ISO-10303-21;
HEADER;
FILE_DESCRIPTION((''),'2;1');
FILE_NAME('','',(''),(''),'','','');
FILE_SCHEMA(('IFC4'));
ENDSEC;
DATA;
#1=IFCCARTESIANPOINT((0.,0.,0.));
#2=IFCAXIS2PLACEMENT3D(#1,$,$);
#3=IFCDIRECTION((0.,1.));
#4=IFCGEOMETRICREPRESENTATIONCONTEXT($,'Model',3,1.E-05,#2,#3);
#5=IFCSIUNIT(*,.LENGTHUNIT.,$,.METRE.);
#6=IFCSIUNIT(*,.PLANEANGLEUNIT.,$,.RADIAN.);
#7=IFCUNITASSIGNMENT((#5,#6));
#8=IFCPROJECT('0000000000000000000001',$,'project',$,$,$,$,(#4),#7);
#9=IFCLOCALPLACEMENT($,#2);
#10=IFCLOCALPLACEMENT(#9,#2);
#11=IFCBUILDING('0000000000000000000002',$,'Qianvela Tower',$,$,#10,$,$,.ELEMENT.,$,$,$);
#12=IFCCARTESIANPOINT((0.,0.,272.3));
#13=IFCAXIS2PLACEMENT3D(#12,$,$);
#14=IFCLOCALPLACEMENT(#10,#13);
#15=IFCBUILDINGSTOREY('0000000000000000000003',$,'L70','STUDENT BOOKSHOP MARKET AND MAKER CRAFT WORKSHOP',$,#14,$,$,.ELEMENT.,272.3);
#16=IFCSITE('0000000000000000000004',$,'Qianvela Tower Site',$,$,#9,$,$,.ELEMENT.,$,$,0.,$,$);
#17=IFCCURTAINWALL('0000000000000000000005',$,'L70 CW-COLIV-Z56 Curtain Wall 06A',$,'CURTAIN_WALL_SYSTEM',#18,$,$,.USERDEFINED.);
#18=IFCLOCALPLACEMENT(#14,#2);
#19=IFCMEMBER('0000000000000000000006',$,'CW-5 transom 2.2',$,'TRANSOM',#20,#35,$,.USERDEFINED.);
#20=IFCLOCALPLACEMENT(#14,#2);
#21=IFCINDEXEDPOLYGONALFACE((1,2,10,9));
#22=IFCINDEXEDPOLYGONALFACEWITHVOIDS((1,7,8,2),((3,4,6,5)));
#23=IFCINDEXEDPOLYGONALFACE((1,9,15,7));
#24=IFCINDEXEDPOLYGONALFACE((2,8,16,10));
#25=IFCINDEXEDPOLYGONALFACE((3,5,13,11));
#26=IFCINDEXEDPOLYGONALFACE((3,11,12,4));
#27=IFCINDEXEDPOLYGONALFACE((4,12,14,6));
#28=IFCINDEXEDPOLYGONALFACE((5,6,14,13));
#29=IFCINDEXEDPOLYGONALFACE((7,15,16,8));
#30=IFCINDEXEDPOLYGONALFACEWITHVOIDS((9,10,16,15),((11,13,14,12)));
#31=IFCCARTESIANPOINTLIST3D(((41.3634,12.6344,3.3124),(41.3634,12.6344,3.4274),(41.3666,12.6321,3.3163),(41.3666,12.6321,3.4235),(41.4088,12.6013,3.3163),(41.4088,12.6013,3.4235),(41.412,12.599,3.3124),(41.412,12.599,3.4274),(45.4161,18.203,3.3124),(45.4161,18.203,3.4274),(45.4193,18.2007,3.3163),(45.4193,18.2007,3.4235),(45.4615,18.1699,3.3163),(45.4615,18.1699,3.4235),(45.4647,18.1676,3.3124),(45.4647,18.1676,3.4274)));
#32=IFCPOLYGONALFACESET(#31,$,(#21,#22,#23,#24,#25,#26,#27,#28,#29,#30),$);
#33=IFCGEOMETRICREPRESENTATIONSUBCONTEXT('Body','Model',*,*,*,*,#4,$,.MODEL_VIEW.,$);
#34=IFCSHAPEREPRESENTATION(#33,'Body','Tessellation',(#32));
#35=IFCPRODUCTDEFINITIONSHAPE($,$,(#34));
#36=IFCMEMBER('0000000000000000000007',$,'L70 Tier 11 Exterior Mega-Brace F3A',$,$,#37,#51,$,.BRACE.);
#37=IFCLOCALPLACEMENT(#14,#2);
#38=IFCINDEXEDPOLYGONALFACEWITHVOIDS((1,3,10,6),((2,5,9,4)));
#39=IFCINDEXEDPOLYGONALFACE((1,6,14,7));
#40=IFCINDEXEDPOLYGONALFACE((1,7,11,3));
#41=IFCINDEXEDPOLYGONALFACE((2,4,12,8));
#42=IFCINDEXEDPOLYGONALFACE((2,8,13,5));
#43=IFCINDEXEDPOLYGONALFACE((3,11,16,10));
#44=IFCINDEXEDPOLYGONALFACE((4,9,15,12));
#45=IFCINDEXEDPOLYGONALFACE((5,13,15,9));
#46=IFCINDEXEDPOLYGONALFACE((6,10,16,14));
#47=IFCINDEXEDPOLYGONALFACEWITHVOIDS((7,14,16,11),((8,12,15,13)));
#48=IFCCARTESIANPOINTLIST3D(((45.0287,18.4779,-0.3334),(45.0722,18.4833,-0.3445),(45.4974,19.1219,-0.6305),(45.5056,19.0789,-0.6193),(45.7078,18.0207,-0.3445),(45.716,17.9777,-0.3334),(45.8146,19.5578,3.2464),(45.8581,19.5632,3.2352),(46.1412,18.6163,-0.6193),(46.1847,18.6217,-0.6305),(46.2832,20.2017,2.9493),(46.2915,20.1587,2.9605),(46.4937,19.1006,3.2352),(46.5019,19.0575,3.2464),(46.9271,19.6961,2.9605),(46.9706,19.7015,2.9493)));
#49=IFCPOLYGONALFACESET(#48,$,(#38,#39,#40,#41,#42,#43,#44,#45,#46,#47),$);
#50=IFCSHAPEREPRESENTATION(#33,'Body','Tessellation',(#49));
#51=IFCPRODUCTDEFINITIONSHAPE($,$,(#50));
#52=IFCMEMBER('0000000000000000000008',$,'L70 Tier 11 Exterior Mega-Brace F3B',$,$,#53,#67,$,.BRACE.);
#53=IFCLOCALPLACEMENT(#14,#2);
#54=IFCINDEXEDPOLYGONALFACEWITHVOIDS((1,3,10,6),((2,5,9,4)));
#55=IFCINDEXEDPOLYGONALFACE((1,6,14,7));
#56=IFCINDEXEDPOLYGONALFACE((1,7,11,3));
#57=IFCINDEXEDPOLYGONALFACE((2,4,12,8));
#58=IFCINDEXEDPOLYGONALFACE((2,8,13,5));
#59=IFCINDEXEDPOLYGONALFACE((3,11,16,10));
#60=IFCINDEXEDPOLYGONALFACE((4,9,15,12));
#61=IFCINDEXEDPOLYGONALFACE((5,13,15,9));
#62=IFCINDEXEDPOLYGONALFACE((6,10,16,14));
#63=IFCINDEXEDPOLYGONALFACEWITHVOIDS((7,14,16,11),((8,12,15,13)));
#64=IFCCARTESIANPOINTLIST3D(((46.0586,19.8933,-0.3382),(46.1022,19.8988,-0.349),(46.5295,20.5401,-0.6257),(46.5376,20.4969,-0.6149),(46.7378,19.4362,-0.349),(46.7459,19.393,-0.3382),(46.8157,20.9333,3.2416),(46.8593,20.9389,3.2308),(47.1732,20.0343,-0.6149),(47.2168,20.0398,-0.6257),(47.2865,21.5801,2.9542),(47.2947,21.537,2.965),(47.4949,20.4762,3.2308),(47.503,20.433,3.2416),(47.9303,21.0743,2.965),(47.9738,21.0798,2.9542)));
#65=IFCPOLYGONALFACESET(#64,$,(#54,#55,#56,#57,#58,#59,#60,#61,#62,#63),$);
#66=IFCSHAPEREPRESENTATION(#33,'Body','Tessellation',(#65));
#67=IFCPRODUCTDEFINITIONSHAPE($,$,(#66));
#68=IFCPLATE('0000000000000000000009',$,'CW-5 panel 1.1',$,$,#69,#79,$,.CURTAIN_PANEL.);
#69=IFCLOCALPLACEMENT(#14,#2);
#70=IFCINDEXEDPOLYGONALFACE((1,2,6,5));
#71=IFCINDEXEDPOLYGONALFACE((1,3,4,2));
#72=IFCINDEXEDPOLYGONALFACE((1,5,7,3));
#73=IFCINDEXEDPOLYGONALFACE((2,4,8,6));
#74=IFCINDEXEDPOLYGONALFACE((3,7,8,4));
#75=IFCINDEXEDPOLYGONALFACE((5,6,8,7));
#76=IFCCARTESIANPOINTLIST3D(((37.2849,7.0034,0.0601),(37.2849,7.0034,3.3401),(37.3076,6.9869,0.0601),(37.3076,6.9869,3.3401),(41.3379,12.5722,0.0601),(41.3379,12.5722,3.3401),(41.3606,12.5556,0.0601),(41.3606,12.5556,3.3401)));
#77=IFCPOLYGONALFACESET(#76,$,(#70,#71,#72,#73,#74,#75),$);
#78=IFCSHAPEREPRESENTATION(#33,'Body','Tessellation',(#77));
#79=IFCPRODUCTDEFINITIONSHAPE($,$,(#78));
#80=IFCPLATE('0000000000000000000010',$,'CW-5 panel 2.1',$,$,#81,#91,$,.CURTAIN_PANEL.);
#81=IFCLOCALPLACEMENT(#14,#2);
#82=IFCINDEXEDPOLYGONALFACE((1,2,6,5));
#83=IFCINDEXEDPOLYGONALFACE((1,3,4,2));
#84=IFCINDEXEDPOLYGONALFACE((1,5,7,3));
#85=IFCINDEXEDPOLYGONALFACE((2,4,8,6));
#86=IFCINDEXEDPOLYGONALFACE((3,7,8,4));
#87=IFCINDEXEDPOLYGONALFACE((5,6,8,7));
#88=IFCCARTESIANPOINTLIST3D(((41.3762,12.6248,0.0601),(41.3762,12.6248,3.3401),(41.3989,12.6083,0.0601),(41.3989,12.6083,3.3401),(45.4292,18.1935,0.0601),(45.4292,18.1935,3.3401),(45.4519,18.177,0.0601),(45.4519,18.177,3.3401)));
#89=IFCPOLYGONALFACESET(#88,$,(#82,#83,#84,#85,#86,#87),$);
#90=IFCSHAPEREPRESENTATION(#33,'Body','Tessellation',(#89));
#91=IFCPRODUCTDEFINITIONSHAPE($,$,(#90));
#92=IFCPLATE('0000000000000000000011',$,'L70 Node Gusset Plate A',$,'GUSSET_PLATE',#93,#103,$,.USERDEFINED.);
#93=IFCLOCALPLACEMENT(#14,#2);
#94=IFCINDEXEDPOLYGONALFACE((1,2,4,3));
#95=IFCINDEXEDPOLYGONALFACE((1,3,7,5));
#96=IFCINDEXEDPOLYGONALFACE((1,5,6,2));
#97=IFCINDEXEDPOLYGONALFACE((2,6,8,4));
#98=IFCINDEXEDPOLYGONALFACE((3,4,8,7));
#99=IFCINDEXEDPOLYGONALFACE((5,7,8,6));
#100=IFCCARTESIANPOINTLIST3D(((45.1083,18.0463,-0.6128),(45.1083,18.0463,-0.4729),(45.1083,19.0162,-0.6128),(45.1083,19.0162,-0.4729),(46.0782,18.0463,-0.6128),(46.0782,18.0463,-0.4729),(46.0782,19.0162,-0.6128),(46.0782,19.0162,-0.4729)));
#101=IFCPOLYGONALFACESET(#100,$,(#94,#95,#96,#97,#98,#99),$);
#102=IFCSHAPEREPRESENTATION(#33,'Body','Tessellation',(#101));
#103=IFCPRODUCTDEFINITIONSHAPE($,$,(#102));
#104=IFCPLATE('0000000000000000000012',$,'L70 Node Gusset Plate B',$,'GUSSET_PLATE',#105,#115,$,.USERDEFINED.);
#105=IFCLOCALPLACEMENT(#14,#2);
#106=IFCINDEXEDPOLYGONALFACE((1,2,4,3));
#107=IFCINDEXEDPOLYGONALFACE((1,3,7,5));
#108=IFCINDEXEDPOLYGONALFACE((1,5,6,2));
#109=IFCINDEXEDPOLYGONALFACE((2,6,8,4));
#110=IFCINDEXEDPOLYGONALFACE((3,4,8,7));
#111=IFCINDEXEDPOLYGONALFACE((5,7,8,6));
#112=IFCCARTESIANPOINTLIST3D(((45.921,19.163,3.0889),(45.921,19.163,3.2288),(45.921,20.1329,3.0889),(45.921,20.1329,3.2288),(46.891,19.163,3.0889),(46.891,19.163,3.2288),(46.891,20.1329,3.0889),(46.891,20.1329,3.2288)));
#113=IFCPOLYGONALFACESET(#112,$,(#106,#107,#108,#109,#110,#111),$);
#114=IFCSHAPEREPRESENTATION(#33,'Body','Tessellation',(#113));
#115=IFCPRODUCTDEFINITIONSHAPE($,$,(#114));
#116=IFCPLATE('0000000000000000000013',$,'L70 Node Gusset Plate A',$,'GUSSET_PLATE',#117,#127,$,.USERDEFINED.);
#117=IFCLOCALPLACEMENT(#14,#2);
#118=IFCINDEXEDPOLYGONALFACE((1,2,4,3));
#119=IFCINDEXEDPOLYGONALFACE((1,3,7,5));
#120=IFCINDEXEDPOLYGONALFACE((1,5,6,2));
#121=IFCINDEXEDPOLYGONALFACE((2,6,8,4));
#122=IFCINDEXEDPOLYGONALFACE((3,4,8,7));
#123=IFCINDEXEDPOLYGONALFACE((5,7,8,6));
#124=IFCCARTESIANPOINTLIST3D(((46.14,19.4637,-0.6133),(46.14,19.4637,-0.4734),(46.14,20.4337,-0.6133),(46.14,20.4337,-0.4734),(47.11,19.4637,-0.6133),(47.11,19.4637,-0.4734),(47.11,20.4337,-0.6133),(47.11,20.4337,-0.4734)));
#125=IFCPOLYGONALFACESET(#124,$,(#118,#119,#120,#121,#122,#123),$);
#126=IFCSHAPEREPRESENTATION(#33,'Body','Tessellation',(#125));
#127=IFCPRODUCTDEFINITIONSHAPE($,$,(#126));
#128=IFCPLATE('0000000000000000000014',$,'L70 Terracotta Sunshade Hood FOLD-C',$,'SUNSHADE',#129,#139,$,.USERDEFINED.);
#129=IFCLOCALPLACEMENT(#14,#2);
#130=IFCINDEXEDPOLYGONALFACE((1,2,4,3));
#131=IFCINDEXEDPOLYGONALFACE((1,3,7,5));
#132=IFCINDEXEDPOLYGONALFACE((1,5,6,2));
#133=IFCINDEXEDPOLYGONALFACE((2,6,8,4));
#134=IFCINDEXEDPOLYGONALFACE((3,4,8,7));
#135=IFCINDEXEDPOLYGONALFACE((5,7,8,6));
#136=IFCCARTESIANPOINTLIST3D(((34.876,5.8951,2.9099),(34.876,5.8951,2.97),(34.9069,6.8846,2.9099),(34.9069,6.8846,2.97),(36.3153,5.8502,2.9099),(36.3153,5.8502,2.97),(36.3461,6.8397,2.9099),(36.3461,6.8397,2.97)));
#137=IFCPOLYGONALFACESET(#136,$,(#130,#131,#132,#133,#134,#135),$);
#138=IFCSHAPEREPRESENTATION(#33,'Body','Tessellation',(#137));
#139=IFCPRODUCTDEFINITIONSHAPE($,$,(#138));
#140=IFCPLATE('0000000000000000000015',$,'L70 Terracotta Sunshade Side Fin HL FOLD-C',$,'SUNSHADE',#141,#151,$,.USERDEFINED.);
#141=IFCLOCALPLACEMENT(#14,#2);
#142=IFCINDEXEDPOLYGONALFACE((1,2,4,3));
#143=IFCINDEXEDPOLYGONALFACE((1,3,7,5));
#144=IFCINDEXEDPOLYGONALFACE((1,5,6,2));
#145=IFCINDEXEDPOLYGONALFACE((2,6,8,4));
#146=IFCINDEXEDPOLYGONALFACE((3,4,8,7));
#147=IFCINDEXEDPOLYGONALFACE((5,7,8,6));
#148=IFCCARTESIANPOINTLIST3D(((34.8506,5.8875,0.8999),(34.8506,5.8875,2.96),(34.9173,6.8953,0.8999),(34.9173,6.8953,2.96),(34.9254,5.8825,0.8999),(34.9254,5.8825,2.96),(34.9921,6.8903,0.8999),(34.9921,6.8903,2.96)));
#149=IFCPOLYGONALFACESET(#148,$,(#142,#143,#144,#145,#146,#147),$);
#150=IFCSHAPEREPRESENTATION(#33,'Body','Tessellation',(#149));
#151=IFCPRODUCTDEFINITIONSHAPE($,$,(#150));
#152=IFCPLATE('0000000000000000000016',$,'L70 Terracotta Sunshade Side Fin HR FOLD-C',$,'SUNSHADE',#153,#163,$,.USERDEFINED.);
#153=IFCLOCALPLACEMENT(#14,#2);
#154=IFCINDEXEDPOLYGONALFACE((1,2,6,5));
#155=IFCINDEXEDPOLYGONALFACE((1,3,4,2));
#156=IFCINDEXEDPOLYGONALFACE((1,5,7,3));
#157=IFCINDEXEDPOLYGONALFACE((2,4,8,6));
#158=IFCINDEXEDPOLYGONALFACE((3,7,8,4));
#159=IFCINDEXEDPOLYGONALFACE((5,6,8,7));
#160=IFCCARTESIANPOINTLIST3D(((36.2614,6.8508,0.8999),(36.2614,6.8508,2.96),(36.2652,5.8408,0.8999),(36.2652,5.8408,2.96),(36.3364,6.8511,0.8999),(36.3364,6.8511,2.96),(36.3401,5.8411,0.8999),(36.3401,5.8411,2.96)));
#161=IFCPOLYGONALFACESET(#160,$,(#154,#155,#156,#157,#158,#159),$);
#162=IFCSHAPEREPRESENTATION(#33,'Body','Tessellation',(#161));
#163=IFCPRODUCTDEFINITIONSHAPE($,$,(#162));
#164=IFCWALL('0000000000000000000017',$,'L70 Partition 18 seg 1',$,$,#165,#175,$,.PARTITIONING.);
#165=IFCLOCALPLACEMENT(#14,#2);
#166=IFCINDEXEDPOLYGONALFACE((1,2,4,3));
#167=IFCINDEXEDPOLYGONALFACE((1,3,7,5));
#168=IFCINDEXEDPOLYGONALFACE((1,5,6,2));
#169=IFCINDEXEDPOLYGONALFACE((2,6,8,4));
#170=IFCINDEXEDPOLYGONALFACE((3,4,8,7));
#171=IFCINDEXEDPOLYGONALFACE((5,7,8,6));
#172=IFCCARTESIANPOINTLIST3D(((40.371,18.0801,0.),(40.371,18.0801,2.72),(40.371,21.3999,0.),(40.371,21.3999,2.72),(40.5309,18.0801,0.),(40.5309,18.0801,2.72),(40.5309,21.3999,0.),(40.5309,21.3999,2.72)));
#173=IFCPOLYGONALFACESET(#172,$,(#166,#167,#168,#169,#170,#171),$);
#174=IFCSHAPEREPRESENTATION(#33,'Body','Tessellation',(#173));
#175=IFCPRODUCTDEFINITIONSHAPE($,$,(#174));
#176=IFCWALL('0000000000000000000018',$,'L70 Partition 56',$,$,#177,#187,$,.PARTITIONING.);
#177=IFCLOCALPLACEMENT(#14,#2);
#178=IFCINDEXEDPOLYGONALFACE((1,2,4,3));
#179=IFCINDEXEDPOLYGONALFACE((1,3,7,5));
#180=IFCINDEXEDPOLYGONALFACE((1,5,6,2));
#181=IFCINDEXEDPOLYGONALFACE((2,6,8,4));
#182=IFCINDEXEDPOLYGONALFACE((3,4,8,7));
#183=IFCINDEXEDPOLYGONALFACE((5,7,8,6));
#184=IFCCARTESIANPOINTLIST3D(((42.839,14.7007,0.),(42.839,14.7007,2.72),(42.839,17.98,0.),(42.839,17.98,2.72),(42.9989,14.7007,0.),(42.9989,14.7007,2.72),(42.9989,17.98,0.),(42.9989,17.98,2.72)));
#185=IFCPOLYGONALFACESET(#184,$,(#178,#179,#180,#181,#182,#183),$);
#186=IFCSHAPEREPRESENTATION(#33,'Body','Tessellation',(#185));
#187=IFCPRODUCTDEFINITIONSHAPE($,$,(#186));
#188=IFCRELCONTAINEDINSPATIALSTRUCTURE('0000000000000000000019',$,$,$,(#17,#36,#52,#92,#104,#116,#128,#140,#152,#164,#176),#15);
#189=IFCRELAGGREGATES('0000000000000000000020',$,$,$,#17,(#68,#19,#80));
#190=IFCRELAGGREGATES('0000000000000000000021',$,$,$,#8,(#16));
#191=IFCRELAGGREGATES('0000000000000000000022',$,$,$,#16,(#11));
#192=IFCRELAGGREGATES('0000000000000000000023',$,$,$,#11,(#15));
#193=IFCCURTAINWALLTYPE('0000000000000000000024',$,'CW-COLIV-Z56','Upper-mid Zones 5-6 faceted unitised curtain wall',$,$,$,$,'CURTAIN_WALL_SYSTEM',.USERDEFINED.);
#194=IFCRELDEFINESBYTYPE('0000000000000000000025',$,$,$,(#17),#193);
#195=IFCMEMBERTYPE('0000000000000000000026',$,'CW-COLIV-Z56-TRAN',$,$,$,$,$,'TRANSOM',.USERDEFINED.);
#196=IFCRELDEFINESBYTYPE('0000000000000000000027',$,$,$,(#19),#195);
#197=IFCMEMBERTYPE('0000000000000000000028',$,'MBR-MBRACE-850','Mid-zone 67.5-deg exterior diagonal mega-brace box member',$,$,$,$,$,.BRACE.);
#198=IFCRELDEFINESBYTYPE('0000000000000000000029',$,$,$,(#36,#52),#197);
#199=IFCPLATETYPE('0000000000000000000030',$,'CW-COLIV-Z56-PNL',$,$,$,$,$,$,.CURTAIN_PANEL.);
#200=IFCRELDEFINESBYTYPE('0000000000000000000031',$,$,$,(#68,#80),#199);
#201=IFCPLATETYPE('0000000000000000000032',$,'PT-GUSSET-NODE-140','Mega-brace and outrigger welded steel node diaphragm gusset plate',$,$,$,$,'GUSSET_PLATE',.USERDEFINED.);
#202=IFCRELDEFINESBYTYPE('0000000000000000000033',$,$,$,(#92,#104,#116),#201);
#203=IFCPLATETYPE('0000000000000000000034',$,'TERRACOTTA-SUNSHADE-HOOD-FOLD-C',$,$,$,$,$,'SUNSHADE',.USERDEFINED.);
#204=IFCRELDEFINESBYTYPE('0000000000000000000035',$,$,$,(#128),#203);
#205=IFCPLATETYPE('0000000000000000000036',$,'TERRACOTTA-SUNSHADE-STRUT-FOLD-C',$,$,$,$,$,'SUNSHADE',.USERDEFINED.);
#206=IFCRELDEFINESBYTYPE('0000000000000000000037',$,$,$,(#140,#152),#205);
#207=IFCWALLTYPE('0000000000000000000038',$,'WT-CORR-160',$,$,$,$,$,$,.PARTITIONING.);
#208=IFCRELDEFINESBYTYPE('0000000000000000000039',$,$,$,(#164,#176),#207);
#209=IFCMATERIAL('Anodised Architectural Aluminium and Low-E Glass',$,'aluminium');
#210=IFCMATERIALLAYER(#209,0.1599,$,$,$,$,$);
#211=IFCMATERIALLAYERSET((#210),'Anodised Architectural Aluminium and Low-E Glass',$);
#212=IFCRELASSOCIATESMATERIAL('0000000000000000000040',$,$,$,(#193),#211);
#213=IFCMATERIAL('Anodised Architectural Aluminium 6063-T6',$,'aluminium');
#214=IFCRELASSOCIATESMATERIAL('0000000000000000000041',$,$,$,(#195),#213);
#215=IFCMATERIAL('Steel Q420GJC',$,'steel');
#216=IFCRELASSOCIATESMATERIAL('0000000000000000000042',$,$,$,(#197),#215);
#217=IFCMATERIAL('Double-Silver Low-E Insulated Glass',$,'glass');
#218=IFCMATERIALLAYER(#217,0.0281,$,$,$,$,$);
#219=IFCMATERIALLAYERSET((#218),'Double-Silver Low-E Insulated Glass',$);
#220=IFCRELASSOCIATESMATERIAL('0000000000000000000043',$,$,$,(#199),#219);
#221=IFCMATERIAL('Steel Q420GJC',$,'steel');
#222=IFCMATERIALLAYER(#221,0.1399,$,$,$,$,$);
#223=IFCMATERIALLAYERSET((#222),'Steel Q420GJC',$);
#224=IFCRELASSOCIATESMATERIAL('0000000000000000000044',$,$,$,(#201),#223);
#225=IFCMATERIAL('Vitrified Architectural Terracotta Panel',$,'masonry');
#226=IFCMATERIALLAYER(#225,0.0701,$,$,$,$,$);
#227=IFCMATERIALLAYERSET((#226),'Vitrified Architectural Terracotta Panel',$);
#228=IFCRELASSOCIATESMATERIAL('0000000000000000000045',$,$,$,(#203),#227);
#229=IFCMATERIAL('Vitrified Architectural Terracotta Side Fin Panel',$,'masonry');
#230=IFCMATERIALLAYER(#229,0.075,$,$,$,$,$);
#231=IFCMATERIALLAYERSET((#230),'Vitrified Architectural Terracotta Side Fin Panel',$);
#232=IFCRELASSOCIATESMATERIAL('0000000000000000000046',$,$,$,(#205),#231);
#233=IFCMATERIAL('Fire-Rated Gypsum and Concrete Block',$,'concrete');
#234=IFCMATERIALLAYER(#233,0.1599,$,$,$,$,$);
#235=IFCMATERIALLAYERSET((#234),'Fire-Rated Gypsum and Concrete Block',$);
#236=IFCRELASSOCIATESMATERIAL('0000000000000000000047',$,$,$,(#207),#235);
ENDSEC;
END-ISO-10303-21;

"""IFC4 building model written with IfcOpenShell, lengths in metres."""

from ifc_helpers import new_model, si_unit, direction, frame, frame_2d, origin, origin_2d, place, context, subcontext, project, spatial, rectangle, hollow_rectangle, extrude, material, layer, layer_set, material_profile, profile_set, type_object, element, aggregate, save


model = new_model("IFC4")

# Units and contexts
model_context = context("Model", 3, precision=1e-05, world=origin(), true_north=direction((0.0, 1.0)))
body_context = subcontext(model_context, "Body", "Model", "MODEL_VIEW")
ifc_project = project(units=[si_unit("LENGTHUNIT", "METRE"), si_unit("PLANEANGLEUNIT", "RADIAN")], contexts=[model_context])

# Site, building, storey
site_placement = place(None, origin())
site = spatial("IfcSite", under=ifc_project, at=site_placement, Name="Qianvela Tower Site", CompositionType="ELEMENT", RefElevation=0.0)
building_placement = place(site_placement, origin())
building = spatial("IfcBuilding", under=site, at=building_placement, Name="Qianvela Tower", CompositionType="ELEMENT")
storey_placement = place(building_placement, frame((0.0, 0.0, 272.3)))
storey = spatial("IfcBuildingStorey", under=building, at=storey_placement, Name="L70", Description="STUDENT BOOKSHOP MARKET AND MAKER CRAFT WORKSHOP", CompositionType="ELEMENT", Elevation=272.3)

# Curtain wall, member
ifc_material_1 = material(Name="Anodised Architectural Aluminium and Low-E Glass", Category="aluminium")
ifc_layer_1 = layer(ifc_material_1, 0.1599)
ifc_layer_set_1 = layer_set([ifc_layer_1], Name="Anodised Architectural Aluminium and Low-E Glass")
curtain_wall_type_1 = type_object("IfcCurtainWallType", Name="CW-COLIV-Z56", Description="Upper-mid Zones 5-6 faceted unitised curtain wall", ElementType="CURTAIN_WALL_SYSTEM", PredefinedType="USERDEFINED", material=ifc_layer_set_1)
curtain_wall_1_placement = place(storey_placement, origin())
curtain_wall_1 = element("IfcCurtainWall", 1, at=curtain_wall_1_placement, inside=storey, type_object=curtain_wall_type_1, Name="L70 CW-COLIV-Z56 Curtain Wall 06A", ObjectType="CURTAIN_WALL_SYSTEM", PredefinedType="USERDEFINED")
ifc_material_2 = material(Name="Anodised Architectural Aluminium 6063-T6", Category="aluminium")
ifc_material_profile_1 = material_profile(ifc_material_2, hollow_rectangle(XDim=0.0601, YDim=0.115, WallThickness=0.0039, at=origin_2d()), Name="ALU-TRAN-60x115")
ifc_profile_set_1 = profile_set([ifc_material_profile_1], Name="Anodised Architectural Aluminium 6063-T6")
member_type_1 = type_object("IfcMemberType", Name="CW-COLIV-Z56-TRAN", ElementType="TRANSOM", PredefinedType="USERDEFINED", material=ifc_profile_set_1)
member_1_placement = place(storey_placement, frame((41.3877, 12.6167, 3.3699), z_axis=(0.588441, 0.80854, 0.0), x_axis=(-0.80854, 0.588441, 0.0)))
member_1 = element("IfcMember", 2, at=member_1_placement, type_object=member_type_1, Name="CW-5 transom 2.2", ObjectType="TRANSOM", PredefinedType="USERDEFINED", context=body_context, shape_type="SweptSolid", body=[
    extrude(hollow_rectangle(XDim=0.0601, YDim=0.115, WallThickness=0.0039, at=origin_2d()), origin(), (0.0, 0.0, 1.0), 6.8872),
])

# Members
ifc_material_3 = material(Name="Steel Q420GJC", Category="steel")
ifc_material_profile_2 = material_profile(ifc_material_3, hollow_rectangle(XDim=0.8501, YDim=0.8501, WallThickness=0.032, at=origin_2d()), Name="MBOX-850x850x32")
ifc_profile_set_2 = profile_set([ifc_material_profile_2], Name="Steel Q420GJC")
member_type_2 = type_object("IfcMemberType", Name="MBR-MBRACE-850", Description="Mid-zone 67.5-deg exterior diagonal mega-brace box member", PredefinedType="BRACE", material=ifc_profile_set_2)
member_2_placement = place(storey_placement, frame((45.6067, 18.5498, -0.4819), z_axis=(0.205684, 0.282616, 0.936922), x_axis=(-0.808538, 0.588443, 0.0)))
element("IfcMember", 3, at=member_2_placement, inside=storey, type_object=member_type_2, Name="L70 Tier 11 Exterior Mega-Brace F3A", PredefinedType="BRACE", context=body_context, shape_type="SweptSolid", body=[
    extrude(hollow_rectangle(XDim=0.8501, YDim=0.8501, WallThickness=0.032, at=origin_2d()), origin(), (0.0, 0.0, 1.0), 3.8208),
])
member_3_placement = place(storey_placement, frame((46.6377, 19.9666, -0.4819), z_axis=(0.199025, 0.27341, 0.941082), x_axis=(-0.808482, 0.588521, 0.0)))
element("IfcMember", 4, at=member_3_placement, inside=storey, type_object=member_type_2, Name="L70 Tier 11 Exterior Mega-Brace F3B", PredefinedType="BRACE", context=body_context, shape_type="SweptSolid", body=[
    extrude(hollow_rectangle(XDim=0.8501, YDim=0.8501, WallThickness=0.032, at=origin_2d()), origin(), (0.0, 0.0, 1.0), 3.804),
])

# Plates
ifc_material_4 = material(Name="Double-Silver Low-E Insulated Glass", Category="glass")
ifc_layer_2 = layer(ifc_material_4, 0.0281)
ifc_layer_set_2 = layer_set([ifc_layer_2], Name="Double-Silver Low-E Insulated Glass")
plate_type_1 = type_object("IfcPlateType", Name="CW-COLIV-Z56-PNL", PredefinedType="CURTAIN_PANEL", material=ifc_layer_set_2)
plate_1_placement = place(storey_placement, frame((39.3228, 9.7795, 0.0601), z_axis=(0.0, 0.0, 1.0), x_axis=(0.588453, 0.808531, 0.0)))
plate_1 = element("IfcPlate", 5, at=plate_1_placement, type_object=plate_type_1, Name="CW-5 panel 1.1", PredefinedType="CURTAIN_PANEL", context=body_context, shape_type="SweptSolid", body=[
    extrude(rectangle(XDim=6.8875, YDim=0.0281, at=origin_2d()), origin(), (0.0, 0.0, 1.0), 3.28),
])
plate_2_placement = place(storey_placement, frame((43.4141, 15.4009, 0.0601), z_axis=(0.0, 0.0, 1.0), x_axis=(0.588453, 0.808531, 0.0)))
plate_2 = element("IfcPlate", 6, at=plate_2_placement, type_object=plate_type_1, Name="CW-5 panel 2.1", PredefinedType="CURTAIN_PANEL", context=body_context, shape_type="SweptSolid", body=[
    extrude(rectangle(XDim=6.8875, YDim=0.0281, at=origin_2d()), origin(), (0.0, 0.0, 1.0), 3.28),
])
aggregate(curtain_wall_1, [plate_1, member_1, plate_2])

# Plates
ifc_material_5 = material(Name="Steel Q420GJC", Category="steel")
ifc_layer_3 = layer(ifc_material_5, 0.1399)
ifc_layer_set_3 = layer_set([ifc_layer_3], Name="Steel Q420GJC")
plate_type_2 = type_object("IfcPlateType", Name="PT-GUSSET-NODE-140", Description="Mega-brace and outrigger welded steel node diaphragm gusset plate", ElementType="GUSSET_PLATE", PredefinedType="USERDEFINED", material=ifc_layer_set_3)
for number, where, z_axis, x_axis, name in (
    (7, (45.5933, 18.5312, -0.6128), (0.0, 0.0, 1.0), (1.0, 0.0, 0.0), "L70 Node Gusset Plate A"),
    (8, (46.406, 19.6479, 3.0889), (0.0, 0.0, 1.0), (1.0, 0.0, 0.0), "L70 Node Gusset Plate B"),
    (9, (46.625, 19.9487, -0.6133), (0.0, 0.0, 1.0), (1.0, 0.0, 0.0), "L70 Node Gusset Plate A"),
):
    element("IfcPlate", number, at=place(storey_placement, frame(where, z_axis=z_axis, x_axis=x_axis)), inside=storey, type_object=plate_type_2, Name=name, ObjectType="GUSSET_PLATE", PredefinedType="USERDEFINED", context=body_context, shape_type="SweptSolid", body=[
        extrude(rectangle(XDim=0.97, YDim=0.97, at=origin_2d()), origin(), (0.0, 0.0, 1.0), 0.1399),
    ])
ifc_material_6 = material(Name="Vitrified Architectural Terracotta Panel", Category="masonry")
ifc_layer_4 = layer(ifc_material_6, 0.0701)
ifc_layer_set_4 = layer_set([ifc_layer_4], Name="Vitrified Architectural Terracotta Panel")
plate_type_3 = type_object("IfcPlateType", Name="TERRACOTTA-SUNSHADE-HOOD-FOLD-C", ElementType="SUNSHADE", PredefinedType="USERDEFINED", material=ifc_layer_set_4)
plate_3_placement = place(storey_placement, frame((35.6111, 6.3674, 2.9099), z_axis=(0.0, 0.0, 1.0), x_axis=(0.999514, -0.031177, 0.0)))
element("IfcPlate", 10, at=plate_3_placement, inside=storey, type_object=plate_type_3, Name="L70 Terracotta Sunshade Hood FOLD-C", ObjectType="SUNSHADE", PredefinedType="USERDEFINED", context=body_context, shape_type="SweptSolid", body=[
    extrude(rectangle(XDim=1.4399, YDim=0.99, at=origin_2d()), origin(), (0.0, 0.0, 1.0), 0.0601),
])
ifc_material_7 = material(Name="Vitrified Architectural Terracotta Side Fin Panel", Category="masonry")
ifc_layer_5 = layer(ifc_material_7, 0.075)
ifc_layer_set_5 = layer_set([ifc_layer_5], Name="Vitrified Architectural Terracotta Side Fin Panel")
plate_type_4 = type_object("IfcPlateType", Name="TERRACOTTA-SUNSHADE-STRUT-FOLD-C", ElementType="SUNSHADE", PredefinedType="USERDEFINED", material=ifc_layer_set_5)
for number, where, z_axis, x_axis, name in (
    (11, (34.9214, 6.3889, 0.8999), (0.0, 0.0, 1.0), (0.997817, -0.066041, 0.0), "L70 Terracotta Sunshade Side Fin HL FOLD-C"),
    (12, (36.3008, 6.3459, 0.8999), (0.0, 0.0, 1.0), (0.999993, 0.003725, 0.0), "L70 Terracotta Sunshade Side Fin HR FOLD-C"),
):
    element("IfcPlate", number, at=place(storey_placement, frame(where, z_axis=z_axis, x_axis=x_axis)), inside=storey, type_object=plate_type_4, Name=name, ObjectType="SUNSHADE", PredefinedType="USERDEFINED", context=body_context, shape_type="SweptSolid", body=[
        extrude(rectangle(XDim=0.075, YDim=1.01, at=origin_2d()), origin(), (0.0, 0.0, 1.0), 2.0601),
    ])

# Shared definitions
ifc_material_8 = material(Name="Fire-Rated Gypsum and Concrete Block", Category="concrete")
ifc_layer_6 = layer(ifc_material_8, 0.1599)
ifc_layer_set_6 = layer_set([ifc_layer_6], Name="Fire-Rated Gypsum and Concrete Block")
wall_type_1 = type_object("IfcWallType", Name="WT-CORR-160", PredefinedType="PARTITIONING", material=ifc_layer_set_6)

# Walls
wall_1_placement = place(storey_placement, frame((40.4509, 18.0801, 0.0), z_axis=(0.0, 0.0, 1.0), x_axis=(0.0, 1.0, 0.0)))
element("IfcWall", 13, at=wall_1_placement, inside=storey, type_object=wall_type_1, Name="L70 Partition 18 seg 1", PredefinedType="PARTITIONING", context=body_context, shape_type="SweptSolid", body=[
    extrude(rectangle(XDim=3.3198, YDim=0.1599, at=frame_2d((1.6599, 0.0))), origin(), (0.0, 0.0, 1.0), 2.72),
])
wall_2_placement = place(storey_placement, frame((42.9189, 17.98, 0.0), z_axis=(0.0, 0.0, 1.0), x_axis=(0.0, -1.0, 0.0)))
element("IfcWall", 14, at=wall_2_placement, inside=storey, type_object=wall_type_1, Name="L70 Partition 56", PredefinedType="PARTITIONING", context=body_context, shape_type="SweptSolid", body=[
    extrude(rectangle(XDim=3.2793, YDim=0.1599, at=frame_2d((1.6396, 0.0))), origin(), (0.0, 0.0, 1.0), 2.72),
])

save(model, "model.ifc")
